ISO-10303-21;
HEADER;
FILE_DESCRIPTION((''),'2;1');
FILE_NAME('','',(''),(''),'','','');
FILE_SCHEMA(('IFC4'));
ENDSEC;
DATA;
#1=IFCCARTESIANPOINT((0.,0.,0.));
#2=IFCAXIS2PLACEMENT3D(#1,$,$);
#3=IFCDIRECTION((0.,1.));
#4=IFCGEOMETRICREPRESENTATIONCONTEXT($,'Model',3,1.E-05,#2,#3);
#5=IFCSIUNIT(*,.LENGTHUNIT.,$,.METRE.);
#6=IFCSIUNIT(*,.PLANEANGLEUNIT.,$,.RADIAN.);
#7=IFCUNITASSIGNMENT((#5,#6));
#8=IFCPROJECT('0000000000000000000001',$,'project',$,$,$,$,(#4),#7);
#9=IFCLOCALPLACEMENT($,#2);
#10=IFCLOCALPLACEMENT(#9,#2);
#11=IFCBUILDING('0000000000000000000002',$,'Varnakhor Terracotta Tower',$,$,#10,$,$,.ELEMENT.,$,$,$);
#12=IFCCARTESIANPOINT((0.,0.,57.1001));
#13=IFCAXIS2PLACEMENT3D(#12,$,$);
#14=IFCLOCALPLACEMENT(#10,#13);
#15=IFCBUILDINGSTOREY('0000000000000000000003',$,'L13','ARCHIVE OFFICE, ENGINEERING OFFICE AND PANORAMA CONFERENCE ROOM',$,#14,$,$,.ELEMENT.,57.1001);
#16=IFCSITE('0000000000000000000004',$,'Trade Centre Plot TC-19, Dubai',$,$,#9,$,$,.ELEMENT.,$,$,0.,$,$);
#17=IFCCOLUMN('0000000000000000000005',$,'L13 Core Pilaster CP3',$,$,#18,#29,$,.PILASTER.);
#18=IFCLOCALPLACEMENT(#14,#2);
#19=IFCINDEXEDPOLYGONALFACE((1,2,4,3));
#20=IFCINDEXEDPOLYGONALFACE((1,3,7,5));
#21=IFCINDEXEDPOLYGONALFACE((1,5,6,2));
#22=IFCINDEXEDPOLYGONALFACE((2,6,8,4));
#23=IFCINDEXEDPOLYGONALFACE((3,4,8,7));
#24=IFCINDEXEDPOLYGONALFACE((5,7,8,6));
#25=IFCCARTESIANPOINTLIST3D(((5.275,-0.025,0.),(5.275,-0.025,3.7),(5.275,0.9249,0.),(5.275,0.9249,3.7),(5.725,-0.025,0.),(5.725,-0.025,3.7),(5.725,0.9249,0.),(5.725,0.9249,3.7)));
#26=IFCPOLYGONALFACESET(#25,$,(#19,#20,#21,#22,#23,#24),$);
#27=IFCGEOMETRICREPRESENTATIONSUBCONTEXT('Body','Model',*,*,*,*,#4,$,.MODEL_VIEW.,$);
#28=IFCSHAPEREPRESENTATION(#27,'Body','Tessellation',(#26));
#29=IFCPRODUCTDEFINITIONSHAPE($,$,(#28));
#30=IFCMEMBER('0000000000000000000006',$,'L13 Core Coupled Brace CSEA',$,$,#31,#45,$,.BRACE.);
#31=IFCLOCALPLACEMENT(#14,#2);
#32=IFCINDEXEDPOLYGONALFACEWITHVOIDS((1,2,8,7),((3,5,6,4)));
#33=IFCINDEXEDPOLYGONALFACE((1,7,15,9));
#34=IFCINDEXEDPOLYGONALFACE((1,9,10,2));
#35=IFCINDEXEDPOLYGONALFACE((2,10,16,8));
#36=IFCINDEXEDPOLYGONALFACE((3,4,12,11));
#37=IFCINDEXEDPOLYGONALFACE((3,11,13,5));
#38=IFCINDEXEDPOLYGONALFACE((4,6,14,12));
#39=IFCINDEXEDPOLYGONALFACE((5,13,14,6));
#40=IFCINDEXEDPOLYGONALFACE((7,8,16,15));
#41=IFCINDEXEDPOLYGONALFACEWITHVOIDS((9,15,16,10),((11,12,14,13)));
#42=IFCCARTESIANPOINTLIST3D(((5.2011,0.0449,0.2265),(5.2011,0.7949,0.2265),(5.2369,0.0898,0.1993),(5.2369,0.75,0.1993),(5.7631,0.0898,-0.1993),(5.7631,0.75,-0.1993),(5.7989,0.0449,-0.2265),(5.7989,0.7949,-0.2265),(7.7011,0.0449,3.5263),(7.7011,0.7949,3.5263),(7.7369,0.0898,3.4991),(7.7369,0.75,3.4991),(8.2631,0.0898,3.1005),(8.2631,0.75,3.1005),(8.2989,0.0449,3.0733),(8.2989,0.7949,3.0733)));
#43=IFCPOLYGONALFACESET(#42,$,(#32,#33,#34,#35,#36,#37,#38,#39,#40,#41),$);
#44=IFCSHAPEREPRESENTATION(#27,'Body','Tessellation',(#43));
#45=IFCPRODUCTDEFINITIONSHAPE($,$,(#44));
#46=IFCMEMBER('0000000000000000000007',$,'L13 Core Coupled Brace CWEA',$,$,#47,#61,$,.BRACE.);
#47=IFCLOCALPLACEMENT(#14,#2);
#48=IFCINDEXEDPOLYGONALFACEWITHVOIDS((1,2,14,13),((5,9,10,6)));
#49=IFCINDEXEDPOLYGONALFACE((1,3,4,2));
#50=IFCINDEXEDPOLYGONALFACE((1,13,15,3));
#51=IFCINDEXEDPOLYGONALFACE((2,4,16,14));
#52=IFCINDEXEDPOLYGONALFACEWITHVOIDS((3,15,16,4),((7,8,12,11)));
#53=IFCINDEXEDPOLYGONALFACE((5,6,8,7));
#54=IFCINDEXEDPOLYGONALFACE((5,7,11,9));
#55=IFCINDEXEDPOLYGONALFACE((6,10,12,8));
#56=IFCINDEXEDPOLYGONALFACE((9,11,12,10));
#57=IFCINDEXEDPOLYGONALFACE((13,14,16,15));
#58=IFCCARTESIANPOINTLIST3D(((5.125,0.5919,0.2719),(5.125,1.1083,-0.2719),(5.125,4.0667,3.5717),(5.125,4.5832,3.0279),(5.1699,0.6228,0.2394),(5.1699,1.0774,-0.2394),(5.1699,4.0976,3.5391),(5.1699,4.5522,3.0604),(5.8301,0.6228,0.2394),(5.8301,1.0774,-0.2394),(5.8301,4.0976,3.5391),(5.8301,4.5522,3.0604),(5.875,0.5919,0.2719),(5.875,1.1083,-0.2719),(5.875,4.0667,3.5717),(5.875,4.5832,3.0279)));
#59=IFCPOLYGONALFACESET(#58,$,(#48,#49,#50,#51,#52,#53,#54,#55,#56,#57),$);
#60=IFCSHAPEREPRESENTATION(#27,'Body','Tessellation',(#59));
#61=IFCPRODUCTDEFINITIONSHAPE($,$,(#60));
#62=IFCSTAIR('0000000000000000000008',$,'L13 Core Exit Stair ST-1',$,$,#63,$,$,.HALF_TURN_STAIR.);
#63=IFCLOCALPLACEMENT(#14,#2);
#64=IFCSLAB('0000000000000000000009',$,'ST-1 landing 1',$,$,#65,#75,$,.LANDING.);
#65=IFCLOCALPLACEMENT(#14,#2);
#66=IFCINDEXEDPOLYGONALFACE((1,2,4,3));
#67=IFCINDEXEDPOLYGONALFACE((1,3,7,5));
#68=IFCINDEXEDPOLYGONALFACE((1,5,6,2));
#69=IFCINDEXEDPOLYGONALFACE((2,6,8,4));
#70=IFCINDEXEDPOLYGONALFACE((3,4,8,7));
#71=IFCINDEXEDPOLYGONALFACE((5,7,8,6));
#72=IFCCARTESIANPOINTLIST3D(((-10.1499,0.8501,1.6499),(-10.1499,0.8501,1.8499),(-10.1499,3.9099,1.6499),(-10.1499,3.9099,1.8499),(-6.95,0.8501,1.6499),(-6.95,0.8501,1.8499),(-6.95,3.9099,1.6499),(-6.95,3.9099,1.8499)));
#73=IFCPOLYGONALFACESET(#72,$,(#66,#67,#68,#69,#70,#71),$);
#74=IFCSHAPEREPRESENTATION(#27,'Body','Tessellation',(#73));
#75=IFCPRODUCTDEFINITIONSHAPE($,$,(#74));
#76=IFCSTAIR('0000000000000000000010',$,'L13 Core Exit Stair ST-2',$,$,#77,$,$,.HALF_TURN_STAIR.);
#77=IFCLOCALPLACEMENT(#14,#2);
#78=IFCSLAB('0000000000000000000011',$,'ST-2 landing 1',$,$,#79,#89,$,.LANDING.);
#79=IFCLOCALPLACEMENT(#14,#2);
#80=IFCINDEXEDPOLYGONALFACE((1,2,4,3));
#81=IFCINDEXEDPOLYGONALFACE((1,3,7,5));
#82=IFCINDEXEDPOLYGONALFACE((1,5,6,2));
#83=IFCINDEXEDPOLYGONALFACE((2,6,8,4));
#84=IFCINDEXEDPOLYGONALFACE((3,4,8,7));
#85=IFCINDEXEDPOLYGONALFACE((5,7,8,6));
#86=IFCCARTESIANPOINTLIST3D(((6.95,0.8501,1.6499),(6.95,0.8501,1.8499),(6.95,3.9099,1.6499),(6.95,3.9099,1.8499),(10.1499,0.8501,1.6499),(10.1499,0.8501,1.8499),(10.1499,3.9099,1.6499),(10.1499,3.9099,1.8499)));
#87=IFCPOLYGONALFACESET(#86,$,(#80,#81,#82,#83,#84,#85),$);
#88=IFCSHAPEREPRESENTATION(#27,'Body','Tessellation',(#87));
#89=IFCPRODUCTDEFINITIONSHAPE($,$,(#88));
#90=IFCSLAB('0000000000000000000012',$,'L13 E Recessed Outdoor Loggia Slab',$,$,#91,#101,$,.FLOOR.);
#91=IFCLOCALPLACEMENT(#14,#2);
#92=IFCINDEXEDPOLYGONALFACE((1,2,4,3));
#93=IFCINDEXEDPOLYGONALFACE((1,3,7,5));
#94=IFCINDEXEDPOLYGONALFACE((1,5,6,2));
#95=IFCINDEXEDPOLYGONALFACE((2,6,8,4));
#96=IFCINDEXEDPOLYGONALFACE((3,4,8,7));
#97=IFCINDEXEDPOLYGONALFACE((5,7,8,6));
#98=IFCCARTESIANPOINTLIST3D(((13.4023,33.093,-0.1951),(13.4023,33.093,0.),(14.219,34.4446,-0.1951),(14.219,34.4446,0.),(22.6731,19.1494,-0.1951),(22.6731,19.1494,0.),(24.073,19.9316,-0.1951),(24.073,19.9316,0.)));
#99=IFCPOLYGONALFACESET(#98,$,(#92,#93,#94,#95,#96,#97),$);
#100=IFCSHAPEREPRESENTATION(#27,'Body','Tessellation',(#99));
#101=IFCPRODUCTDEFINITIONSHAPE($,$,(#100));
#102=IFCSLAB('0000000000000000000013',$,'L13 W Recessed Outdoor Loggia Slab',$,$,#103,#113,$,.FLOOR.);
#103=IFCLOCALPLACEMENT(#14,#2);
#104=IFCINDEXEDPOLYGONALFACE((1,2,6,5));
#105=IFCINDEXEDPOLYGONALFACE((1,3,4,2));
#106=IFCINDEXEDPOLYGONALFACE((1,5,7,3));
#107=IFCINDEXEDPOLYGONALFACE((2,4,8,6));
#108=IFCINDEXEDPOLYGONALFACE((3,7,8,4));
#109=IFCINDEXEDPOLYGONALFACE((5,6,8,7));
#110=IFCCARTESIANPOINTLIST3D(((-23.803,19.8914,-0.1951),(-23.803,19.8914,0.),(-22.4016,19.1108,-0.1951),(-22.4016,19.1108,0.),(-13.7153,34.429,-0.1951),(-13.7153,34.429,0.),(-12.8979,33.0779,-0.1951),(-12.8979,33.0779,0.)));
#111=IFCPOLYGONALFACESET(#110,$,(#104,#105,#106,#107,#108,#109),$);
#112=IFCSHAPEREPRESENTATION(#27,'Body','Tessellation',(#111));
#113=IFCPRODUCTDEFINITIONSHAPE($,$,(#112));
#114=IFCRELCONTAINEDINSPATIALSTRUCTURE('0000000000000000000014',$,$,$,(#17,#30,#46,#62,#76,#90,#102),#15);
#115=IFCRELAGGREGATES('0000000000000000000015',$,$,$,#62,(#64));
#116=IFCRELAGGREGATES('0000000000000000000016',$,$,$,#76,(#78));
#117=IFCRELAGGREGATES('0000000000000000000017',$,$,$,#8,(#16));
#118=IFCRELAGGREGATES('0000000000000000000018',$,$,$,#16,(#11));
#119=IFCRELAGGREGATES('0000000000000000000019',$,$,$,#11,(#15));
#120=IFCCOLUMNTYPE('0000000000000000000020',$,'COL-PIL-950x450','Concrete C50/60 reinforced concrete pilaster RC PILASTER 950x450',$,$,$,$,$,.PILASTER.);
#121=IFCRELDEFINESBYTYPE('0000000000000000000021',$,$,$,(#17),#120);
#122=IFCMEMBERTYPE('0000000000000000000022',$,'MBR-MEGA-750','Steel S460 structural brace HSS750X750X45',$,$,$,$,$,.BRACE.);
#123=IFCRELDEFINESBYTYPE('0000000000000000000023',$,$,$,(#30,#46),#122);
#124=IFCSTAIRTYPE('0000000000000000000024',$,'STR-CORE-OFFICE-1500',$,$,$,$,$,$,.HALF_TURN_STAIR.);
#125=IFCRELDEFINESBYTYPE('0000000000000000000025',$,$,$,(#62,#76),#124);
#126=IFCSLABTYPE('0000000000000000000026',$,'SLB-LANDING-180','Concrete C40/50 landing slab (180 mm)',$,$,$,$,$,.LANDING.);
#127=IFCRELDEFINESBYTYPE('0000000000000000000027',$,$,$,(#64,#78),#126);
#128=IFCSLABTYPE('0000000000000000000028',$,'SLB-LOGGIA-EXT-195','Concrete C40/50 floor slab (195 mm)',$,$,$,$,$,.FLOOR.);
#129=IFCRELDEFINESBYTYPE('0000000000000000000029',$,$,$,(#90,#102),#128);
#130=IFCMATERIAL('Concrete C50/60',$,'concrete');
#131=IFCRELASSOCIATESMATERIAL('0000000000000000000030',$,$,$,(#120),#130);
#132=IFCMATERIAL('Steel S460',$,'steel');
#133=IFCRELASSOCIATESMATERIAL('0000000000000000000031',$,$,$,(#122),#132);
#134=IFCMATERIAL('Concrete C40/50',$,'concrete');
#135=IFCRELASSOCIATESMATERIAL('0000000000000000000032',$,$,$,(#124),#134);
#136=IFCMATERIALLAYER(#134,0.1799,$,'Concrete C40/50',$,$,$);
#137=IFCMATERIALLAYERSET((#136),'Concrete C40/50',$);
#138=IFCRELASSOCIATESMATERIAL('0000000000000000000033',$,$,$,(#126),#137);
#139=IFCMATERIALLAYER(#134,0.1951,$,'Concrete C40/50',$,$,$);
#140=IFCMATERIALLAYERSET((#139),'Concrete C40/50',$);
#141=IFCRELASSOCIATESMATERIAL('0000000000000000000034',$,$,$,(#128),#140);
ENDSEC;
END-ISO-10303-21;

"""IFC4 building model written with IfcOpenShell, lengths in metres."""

from ifc_helpers import new_model, si_unit, direction, frame, origin, origin_2d, place, context, subcontext, project, spatial, polyline, rectangle, hollow_rectangle, outline, extrude, source, transform, mapped, material, layer, layer_set, material_profile, profile_set, type_object, element, aggregate, save


model = new_model("IFC4")

# Units and contexts
model_context = context("Model", 3, precision=1e-05, world=origin(), true_north=direction((0.0, 1.0)))
body_context = subcontext(model_context, "Body", "Model", "MODEL_VIEW")
ifc_project = project(units=[si_unit("LENGTHUNIT", "METRE"), si_unit("PLANEANGLEUNIT", "RADIAN")], contexts=[model_context])

# Site, building, storey
site_placement = place(None, origin())
site = spatial("IfcSite", under=ifc_project, at=site_placement, Name="Trade Centre Plot TC-19, Dubai", CompositionType="ELEMENT", RefElevation=0.0)
building_placement = place(site_placement, origin())
building = spatial("IfcBuilding", under=site, at=building_placement, Name="Varnakhor Terracotta Tower", CompositionType="ELEMENT")
storey_placement = place(building_placement, frame((0.0, 0.0, 57.1001)))
storey = spatial("IfcBuildingStorey", under=building, at=storey_placement, Name="L13", Description="ARCHIVE OFFICE, ENGINEERING OFFICE AND PANORAMA CONFERENCE ROOM", CompositionType="ELEMENT", Elevation=57.1001)

# Column
ifc_material_1 = material(Name="Concrete C50/60", Category="concrete")
ifc_material_profile_1 = material_profile(ifc_material_1, rectangle(XDim=0.45, YDim=0.95, at=origin_2d()), Name="RC PILASTER 950x450")
ifc_profile_set_1 = profile_set([ifc_material_profile_1], Name="Concrete C50/60")
column_type = type_object("IfcColumnType", Name="COL-PIL-950x450", Description="Concrete C50/60 reinforced concrete pilaster RC PILASTER 950x450", PredefinedType="PILASTER", material=ifc_profile_set_1)
shared_shape_1 = source(origin(), body_context, "Body", "SweptSolid", [
    extrude(rectangle(XDim=0.45, YDim=0.95, at=origin_2d()), origin(), (0.0, 0.0, 1.0), 3.7),
])
column_placement = place(storey_placement, frame((5.5, 0.45, 0.0), z_axis=(0.0, 0.0, 1.0), x_axis=(1.0, 0.0, 0.0)))
element("IfcColumn", 1, at=column_placement, inside=storey, type_object=column_type, Name="L13 Core Pilaster CP3", PredefinedType="PILASTER", context=body_context, shape_type="MappedRepresentation", body=[
    mapped(shared_shape_1, transform((0.0, 0.0, 0.0), scale=1.0)),
])

# Members
ifc_material_2 = material(Name="Steel S460", Category="steel")
ifc_material_profile_2 = material_profile(ifc_material_2, hollow_rectangle(XDim=0.75, YDim=0.75, WallThickness=0.0449, at=origin_2d()), Name="HSS750X750X45")
ifc_profile_set_2 = profile_set([ifc_material_profile_2], Name="Steel S460")
member_type = type_object("IfcMemberType", Name="MBR-MEGA-750", Description="Steel S460 structural brace HSS750X750X45", PredefinedType="BRACE", material=ifc_profile_set_2)
shared_shape_2 = source(origin(), body_context, "Body", "SweptSolid", [
    extrude(hollow_rectangle(XDim=0.75, YDim=0.75, WallThickness=0.0449, at=origin_2d()), origin(), (0.0, 0.0, 1.0), 4.1399),
])
member_1_placement = place(storey_placement, frame((5.5, 0.4199, 0.0), z_axis=(0.60388, 0.0, 0.797075), x_axis=(0.0, 1.0, 0.0)))
element("IfcMember", 2, at=member_1_placement, inside=storey, type_object=member_type, Name="L13 Core Coupled Brace CSEA", PredefinedType="BRACE", context=body_context, shape_type="MappedRepresentation", body=[
    mapped(shared_shape_2, transform((0.0, 0.0, 0.0), scale=1.0)),
])
shared_shape_3 = source(origin(), body_context, "Body", "SweptSolid", [
    extrude(hollow_rectangle(XDim=0.75, YDim=0.75, WallThickness=0.0449, at=origin_2d()), origin(), (0.0, 0.0, 1.0), 4.792),
])
member_2_placement = place(storey_placement, frame((5.5, 0.8501, 0.0), z_axis=(0.0, 0.725136, 0.688606), x_axis=(-1.0, 0.0, 0.0)))
element("IfcMember", 3, at=member_2_placement, inside=storey, type_object=member_type, Name="L13 Core Coupled Brace CWEA", PredefinedType="BRACE", context=body_context, shape_type="MappedRepresentation", body=[
    mapped(shared_shape_3, transform((0.0, 0.0, 0.0), scale=1.0)),
])

# Stairs, slabs
ifc_material_3 = material(Name="Concrete C40/50", Category="concrete")
stair_type = type_object("IfcStairType", Name="STR-CORE-OFFICE-1500", PredefinedType="HALF_TURN_STAIR", material=ifc_material_3)
stair_1_placement = place(storey_placement, origin())
stair_1 = element("IfcStair", 4, at=stair_1_placement, inside=storey, type_object=stair_type, Name="L13 Core Exit Stair ST-1", PredefinedType="HALF_TURN_STAIR")
ifc_layer_1 = layer(ifc_material_3, 0.1799, Name="Concrete C40/50")
ifc_layer_set_1 = layer_set([ifc_layer_1], Name="Concrete C40/50")
slab_type_1 = type_object("IfcSlabType", Name="SLB-LANDING-180", Description="Concrete C40/50 landing slab (180 mm)", PredefinedType="LANDING", material=ifc_layer_set_1)
slab_1_placement = place(storey_placement, frame((0.0, 0.0, 1.6499)))
slab_1 = element("IfcSlab", 5, at=slab_1_placement, type_object=slab_type_1, Name="ST-1 landing 1", PredefinedType="LANDING", context=body_context, shape_type="SweptSolid", body=[
    extrude(outline(polyline([(-10.1499, 3.9099), (-10.1499, 0.8501), (-6.95, 0.8501), (-6.95, 3.9099), (-10.1499, 3.9099)])), origin(), (0.0, 0.0, 1.0), 0.2),
])
aggregate(stair_1, [slab_1])
stair_2_placement = place(storey_placement, origin())
stair_2 = element("IfcStair", 6, at=stair_2_placement, inside=storey, type_object=stair_type, Name="L13 Core Exit Stair ST-2", PredefinedType="HALF_TURN_STAIR")
slab_2_placement = place(storey_placement, frame((0.0, 0.0, 1.6499)))
slab_2 = element("IfcSlab", 7, at=slab_2_placement, type_object=slab_type_1, Name="ST-2 landing 1", PredefinedType="LANDING", context=body_context, shape_type="SweptSolid", body=[
    extrude(outline(polyline([(6.95, 3.9099), (6.95, 0.8501), (10.1499, 0.8501), (10.1499, 3.9099), (6.95, 3.9099)])), origin(), (0.0, 0.0, 1.0), 0.2),
])
aggregate(stair_2, [slab_2])

# Slabs
ifc_layer_2 = layer(ifc_material_3, 0.1951, Name="Concrete C40/50")
ifc_layer_set_2 = layer_set([ifc_layer_2], Name="Concrete C40/50")
slab_type_2 = type_object("IfcSlabType", Name="SLB-LOGGIA-EXT-195", Description="Concrete C40/50 floor slab (195 mm)", PredefinedType="FLOOR", material=ifc_layer_set_2)
slab_3_placement = place(storey_placement, frame((0.0, 0.0, -0.1951)))
element("IfcSlab", 8, at=slab_3_placement, inside=storey, type_object=slab_type_2, Name="L13 E Recessed Outdoor Loggia Slab", PredefinedType="FLOOR", context=body_context, shape_type="SweptSolid", body=[
    extrude(outline(polyline([(14.219, 34.4446), (24.073, 19.9316), (22.6731, 19.1494), (13.4023, 33.093), (14.219, 34.4446)])), origin(), (0.0, 0.0, 1.0), 0.1951),
])
slab_4_placement = place(storey_placement, frame((0.0, 0.0, -0.1951)))
element("IfcSlab", 9, at=slab_4_placement, inside=storey, type_object=slab_type_2, Name="L13 W Recessed Outdoor Loggia Slab", PredefinedType="FLOOR", context=body_context, shape_type="SweptSolid", body=[
    extrude(outline(polyline([(-23.803, 19.8914), (-13.7153, 34.429), (-12.8979, 33.0779), (-22.4016, 19.1108), (-23.803, 19.8914)])), origin(), (0.0, 0.0, 1.0), 0.1951),
])

save(model, "model.ifc")
